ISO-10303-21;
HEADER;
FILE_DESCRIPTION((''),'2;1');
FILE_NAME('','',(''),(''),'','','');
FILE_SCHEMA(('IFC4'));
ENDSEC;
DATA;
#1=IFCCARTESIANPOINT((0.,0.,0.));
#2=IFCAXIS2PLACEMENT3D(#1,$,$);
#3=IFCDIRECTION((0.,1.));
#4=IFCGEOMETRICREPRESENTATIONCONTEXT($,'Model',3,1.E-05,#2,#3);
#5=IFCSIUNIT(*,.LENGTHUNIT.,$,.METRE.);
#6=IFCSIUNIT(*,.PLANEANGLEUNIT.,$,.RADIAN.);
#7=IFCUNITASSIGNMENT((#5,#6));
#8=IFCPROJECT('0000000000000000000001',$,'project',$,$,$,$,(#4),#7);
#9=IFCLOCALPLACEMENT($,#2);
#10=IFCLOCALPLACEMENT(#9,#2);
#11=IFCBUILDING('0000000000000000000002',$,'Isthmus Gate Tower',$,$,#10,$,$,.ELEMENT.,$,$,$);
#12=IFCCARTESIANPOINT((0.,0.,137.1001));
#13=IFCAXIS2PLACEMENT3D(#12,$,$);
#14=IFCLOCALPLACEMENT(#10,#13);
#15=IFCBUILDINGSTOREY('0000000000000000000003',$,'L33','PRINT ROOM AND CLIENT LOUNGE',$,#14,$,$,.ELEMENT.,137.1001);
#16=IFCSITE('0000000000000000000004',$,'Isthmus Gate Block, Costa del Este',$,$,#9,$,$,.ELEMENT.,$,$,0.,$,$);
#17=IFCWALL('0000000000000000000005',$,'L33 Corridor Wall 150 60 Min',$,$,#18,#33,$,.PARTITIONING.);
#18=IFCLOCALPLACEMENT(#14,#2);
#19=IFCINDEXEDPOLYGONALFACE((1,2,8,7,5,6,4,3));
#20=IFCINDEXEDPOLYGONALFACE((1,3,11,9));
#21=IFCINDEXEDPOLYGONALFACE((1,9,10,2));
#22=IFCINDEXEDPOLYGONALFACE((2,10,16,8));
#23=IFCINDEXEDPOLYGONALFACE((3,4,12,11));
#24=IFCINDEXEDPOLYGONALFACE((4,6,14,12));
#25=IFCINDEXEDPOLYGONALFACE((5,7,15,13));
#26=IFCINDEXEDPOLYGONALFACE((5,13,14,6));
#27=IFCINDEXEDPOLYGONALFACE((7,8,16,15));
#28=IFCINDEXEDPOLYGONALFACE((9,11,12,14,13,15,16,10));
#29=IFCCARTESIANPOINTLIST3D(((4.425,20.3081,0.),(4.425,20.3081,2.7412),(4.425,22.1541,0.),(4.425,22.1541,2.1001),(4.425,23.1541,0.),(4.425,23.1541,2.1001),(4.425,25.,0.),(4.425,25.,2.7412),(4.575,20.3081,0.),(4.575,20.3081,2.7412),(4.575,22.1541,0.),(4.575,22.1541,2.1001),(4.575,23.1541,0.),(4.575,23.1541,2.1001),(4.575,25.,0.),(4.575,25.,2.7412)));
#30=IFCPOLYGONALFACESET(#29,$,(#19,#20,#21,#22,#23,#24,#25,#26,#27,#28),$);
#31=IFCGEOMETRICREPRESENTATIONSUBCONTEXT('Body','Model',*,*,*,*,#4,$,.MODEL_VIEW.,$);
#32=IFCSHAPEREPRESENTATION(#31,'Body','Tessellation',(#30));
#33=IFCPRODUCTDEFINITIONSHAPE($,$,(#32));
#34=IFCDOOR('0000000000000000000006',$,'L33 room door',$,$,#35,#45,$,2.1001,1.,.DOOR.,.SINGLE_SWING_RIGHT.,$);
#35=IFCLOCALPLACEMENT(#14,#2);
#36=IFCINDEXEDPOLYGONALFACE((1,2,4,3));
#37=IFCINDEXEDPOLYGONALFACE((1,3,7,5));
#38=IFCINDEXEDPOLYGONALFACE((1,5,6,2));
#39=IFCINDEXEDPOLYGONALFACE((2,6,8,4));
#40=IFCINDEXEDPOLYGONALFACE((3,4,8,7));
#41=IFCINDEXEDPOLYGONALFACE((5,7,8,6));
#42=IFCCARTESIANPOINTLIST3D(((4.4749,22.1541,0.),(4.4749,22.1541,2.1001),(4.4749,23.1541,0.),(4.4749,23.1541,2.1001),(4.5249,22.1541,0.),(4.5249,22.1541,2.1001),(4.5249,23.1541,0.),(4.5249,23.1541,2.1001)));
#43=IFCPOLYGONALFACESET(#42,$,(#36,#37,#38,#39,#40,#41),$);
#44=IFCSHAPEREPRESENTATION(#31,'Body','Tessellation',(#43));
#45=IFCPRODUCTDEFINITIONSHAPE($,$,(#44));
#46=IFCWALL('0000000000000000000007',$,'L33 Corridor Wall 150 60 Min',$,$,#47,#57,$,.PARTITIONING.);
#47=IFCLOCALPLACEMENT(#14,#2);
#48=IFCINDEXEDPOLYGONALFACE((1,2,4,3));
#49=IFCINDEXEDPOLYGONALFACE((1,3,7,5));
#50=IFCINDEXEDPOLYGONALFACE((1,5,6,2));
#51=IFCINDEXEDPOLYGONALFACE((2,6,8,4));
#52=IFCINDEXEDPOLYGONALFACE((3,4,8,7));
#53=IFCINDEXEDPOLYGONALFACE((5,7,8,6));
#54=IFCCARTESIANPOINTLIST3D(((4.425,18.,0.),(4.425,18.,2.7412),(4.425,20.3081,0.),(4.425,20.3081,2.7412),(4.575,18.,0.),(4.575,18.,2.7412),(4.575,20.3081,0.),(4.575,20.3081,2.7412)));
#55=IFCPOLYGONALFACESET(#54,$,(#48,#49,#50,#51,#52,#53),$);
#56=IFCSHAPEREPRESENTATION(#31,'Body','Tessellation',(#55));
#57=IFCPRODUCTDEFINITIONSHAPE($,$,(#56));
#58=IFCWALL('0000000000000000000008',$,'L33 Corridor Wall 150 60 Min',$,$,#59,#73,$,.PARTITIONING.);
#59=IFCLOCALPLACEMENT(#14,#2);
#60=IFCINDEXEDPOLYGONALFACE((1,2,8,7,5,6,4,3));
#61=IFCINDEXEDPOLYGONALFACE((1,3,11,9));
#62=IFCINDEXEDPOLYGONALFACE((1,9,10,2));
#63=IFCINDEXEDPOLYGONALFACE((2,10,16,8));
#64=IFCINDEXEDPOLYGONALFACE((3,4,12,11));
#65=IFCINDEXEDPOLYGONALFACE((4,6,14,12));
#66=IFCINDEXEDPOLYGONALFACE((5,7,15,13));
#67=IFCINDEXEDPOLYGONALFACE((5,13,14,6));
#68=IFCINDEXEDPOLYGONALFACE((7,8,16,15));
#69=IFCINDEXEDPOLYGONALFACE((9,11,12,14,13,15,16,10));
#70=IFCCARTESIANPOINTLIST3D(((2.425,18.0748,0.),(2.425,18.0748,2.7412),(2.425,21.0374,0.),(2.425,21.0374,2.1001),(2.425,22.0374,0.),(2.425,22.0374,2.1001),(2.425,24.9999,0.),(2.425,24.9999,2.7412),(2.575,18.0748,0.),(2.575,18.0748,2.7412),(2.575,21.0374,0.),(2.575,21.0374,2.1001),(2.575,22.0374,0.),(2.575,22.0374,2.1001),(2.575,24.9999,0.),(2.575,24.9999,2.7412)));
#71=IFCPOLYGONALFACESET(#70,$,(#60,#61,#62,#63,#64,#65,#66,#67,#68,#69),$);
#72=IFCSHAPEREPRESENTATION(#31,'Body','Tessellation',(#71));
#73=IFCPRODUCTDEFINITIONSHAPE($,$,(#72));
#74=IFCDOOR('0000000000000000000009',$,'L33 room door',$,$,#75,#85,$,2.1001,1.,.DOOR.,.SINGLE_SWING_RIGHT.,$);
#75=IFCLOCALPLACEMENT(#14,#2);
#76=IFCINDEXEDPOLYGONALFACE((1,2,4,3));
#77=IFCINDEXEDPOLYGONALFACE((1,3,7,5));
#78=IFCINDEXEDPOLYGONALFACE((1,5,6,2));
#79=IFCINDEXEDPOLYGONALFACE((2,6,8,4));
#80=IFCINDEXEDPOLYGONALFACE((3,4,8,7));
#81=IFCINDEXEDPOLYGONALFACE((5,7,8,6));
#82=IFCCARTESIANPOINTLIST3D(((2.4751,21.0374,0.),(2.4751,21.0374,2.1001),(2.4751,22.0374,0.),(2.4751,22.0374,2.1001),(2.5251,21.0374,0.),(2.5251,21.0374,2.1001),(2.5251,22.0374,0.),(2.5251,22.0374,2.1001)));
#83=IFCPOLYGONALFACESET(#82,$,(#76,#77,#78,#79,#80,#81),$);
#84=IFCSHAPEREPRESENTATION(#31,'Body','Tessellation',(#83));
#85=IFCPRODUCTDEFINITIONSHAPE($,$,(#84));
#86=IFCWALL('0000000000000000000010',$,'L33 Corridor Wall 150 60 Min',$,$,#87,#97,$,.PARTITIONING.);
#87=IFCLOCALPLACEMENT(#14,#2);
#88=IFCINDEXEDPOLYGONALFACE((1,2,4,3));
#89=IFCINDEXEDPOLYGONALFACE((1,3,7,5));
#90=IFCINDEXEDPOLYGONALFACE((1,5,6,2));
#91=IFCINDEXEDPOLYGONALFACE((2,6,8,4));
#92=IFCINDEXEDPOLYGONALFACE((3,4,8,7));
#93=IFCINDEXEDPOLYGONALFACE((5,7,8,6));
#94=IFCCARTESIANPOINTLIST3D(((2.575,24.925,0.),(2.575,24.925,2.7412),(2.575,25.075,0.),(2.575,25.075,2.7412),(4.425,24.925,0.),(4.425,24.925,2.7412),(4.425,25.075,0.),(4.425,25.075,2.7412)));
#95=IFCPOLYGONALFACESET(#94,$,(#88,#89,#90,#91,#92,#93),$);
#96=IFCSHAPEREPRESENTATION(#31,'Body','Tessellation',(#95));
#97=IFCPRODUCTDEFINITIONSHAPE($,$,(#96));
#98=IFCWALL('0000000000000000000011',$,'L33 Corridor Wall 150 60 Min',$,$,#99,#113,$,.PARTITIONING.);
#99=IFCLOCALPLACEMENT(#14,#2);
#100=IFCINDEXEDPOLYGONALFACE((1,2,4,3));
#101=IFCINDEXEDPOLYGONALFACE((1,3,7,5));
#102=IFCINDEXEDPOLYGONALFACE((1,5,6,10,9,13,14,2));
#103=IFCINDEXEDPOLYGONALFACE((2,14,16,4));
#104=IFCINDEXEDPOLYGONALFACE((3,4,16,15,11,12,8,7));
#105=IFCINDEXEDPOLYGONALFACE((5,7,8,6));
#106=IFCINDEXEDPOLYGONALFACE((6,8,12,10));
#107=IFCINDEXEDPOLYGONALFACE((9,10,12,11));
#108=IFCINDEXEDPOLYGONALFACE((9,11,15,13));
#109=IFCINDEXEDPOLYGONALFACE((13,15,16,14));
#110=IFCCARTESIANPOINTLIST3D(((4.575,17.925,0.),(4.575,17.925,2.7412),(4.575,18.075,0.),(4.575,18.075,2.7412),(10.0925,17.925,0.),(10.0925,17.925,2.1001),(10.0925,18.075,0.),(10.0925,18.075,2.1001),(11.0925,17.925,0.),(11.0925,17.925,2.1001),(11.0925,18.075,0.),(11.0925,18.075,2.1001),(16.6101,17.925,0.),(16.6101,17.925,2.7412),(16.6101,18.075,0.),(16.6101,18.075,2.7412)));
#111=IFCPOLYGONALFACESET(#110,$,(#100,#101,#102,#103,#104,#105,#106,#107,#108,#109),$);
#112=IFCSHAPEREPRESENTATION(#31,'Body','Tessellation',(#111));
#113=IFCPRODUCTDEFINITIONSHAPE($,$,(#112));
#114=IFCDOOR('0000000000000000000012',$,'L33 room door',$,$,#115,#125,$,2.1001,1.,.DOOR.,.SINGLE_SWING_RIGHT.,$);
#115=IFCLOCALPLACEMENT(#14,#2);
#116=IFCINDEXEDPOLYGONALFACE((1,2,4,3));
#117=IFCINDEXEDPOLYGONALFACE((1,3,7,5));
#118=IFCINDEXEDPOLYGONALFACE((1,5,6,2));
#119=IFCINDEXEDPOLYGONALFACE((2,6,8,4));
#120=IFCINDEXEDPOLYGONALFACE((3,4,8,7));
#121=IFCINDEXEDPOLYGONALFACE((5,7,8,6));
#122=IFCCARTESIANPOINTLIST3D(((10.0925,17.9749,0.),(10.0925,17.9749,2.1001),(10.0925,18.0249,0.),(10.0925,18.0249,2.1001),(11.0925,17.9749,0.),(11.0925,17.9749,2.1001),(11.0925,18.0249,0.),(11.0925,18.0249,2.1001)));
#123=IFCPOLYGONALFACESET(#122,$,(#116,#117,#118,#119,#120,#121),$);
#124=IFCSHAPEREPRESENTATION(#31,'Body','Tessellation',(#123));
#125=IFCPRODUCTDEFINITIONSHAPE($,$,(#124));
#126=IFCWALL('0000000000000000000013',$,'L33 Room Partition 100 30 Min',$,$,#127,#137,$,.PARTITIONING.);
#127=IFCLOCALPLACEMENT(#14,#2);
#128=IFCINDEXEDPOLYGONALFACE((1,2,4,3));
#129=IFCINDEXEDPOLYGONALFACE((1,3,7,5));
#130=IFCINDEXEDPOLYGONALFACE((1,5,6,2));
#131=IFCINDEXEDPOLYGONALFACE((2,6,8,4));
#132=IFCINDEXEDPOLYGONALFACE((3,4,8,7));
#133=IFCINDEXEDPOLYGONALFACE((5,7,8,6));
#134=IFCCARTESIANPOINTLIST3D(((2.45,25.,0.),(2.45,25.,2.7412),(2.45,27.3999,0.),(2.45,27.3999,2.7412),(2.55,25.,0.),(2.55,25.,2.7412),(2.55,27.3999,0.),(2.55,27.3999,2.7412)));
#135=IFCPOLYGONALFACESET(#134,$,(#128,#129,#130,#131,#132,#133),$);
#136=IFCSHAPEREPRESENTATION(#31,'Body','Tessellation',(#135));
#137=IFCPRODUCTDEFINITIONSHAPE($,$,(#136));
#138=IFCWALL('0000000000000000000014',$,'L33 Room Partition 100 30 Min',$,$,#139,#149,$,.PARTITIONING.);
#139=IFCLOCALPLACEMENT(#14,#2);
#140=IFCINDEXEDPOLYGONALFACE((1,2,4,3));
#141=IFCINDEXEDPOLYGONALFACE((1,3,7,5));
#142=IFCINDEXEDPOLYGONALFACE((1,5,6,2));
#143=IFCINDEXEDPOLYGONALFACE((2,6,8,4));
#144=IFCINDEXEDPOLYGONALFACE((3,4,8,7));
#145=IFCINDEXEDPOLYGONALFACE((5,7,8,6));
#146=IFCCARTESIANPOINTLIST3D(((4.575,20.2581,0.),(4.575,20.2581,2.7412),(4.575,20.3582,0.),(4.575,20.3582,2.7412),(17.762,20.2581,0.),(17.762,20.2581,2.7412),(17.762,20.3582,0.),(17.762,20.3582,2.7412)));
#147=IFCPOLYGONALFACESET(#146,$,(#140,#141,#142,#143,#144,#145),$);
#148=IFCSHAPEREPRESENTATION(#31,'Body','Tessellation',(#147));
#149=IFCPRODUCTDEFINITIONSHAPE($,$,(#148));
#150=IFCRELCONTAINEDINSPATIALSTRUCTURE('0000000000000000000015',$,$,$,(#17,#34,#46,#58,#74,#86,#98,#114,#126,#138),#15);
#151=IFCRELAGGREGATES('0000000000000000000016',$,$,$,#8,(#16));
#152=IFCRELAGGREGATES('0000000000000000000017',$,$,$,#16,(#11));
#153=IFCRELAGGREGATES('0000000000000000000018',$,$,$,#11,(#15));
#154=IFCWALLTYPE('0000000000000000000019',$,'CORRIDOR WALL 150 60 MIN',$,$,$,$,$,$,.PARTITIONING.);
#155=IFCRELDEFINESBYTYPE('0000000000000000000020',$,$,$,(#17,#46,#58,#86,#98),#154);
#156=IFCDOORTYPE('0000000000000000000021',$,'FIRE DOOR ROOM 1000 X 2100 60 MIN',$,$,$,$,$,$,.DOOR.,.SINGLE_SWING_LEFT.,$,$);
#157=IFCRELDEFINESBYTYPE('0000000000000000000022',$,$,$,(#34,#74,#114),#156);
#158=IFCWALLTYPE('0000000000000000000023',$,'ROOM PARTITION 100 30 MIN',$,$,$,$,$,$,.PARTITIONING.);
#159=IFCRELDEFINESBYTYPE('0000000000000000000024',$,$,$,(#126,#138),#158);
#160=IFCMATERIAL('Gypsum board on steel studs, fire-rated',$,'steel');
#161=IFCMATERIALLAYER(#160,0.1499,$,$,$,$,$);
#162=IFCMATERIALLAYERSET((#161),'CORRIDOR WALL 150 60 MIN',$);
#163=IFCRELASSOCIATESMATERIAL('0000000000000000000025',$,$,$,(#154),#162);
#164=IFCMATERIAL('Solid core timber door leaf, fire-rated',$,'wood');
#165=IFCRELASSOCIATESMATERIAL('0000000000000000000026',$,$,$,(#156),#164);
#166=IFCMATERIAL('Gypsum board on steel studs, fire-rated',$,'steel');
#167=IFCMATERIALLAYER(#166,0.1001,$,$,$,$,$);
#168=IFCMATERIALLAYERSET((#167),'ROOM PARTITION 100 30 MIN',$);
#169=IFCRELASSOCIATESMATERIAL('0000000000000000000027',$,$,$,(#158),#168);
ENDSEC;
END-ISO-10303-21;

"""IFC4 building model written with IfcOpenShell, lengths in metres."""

from ifc_helpers import new_model, si_unit, direction, frame, frame_2d, origin, place, context, subcontext, project, spatial, rectangle, extrude, material, layer, layer_set, type_object, element, fill, save


model = new_model("IFC4")

# Units and contexts
model_context = context("Model", 3, precision=1e-05, world=origin(), true_north=direction((0.0, 1.0)))
body_context = subcontext(model_context, "Body", "Model", "MODEL_VIEW")
ifc_project = project(units=[si_unit("LENGTHUNIT", "METRE"), si_unit("PLANEANGLEUNIT", "RADIAN")], contexts=[model_context])

# Site, building, storey
site_placement = place(None, origin())
site = spatial("IfcSite", under=ifc_project, at=site_placement, Name="Isthmus Gate Block, Costa del Este", CompositionType="ELEMENT", RefElevation=0.0)
building_placement = place(site_placement, origin())
building = spatial("IfcBuilding", under=site, at=building_placement, Name="Isthmus Gate Tower", CompositionType="ELEMENT")
storey_placement = place(building_placement, frame((0.0, 0.0, 137.1001)))
storey = spatial("IfcBuildingStorey", under=building, at=storey_placement, Name="L33", Description="PRINT ROOM AND CLIENT LOUNGE", CompositionType="ELEMENT", Elevation=137.1001)

# Wall, opening, door
ifc_material_1 = material(Name="Gypsum board on steel studs, fire-rated", Category="steel")
ifc_layer_1 = layer(ifc_material_1, 0.1499)
ifc_layer_set_1 = layer_set([ifc_layer_1], Name="CORRIDOR WALL 150 60 MIN")
wall_type_1 = type_object("IfcWallType", Name="CORRIDOR WALL 150 60 MIN", PredefinedType="PARTITIONING", material=ifc_layer_set_1)
wall_1_placement = place(storey_placement, frame((4.5, 25.0, 0.0), z_axis=(0.0, 0.0, 1.0), x_axis=(0.0, -1.0, 0.0)))
wall_1 = element("IfcWall", 1, at=wall_1_placement, inside=storey, type_object=wall_type_1, Name="L33 Corridor Wall 150 60 Min", PredefinedType="PARTITIONING", context=body_context, shape_type="SweptSolid", body=[
    extrude(rectangle(XDim=4.6919, YDim=0.1499, at=frame_2d((2.3459, 0.0))), origin(), (0.0, 0.0, 1.0), 2.7412),
])
opening_1_placement = place(wall_1_placement, frame((1.8459, 0.0, 0.0)))
opening_1 = element("IfcOpeningElement", 2, at=opening_1_placement, cuts=wall_1, PredefinedType="OPENING", context=body_context, shape_type="SweptSolid", body=[
    extrude(rectangle(XDim=1.0, YDim=2.1001, at=frame_2d((0.5, 1.05))), frame((0.0, 0.085, 0.0), z_axis=(0.0, -1.0, 0.0), x_axis=(1.0, 0.0, 0.0)), (0.0, 0.0, 1.0), 0.1699),
])
ifc_material_2 = material(Name="Solid core timber door leaf, fire-rated", Category="wood")
door_type = type_object("IfcDoorType", Name="FIRE DOOR ROOM 1000 X 2100 60 MIN", OperationType="SINGLE_SWING_LEFT", PredefinedType="DOOR", material=ifc_material_2)
door_1_placement = place(opening_1_placement, origin())
door_1 = element("IfcDoor", 3, at=door_1_placement, inside=storey, type_object=door_type, Name="L33 room door", OperationType="SINGLE_SWING_RIGHT", OverallHeight=2.1001, OverallWidth=1.0, PredefinedType="DOOR", context=body_context, shape_type="SweptSolid", body=[
    extrude(rectangle(XDim=1.0, YDim=2.1001, at=frame_2d((0.5, 1.05))), frame((0.0, 0.0249, 0.0), z_axis=(0.0, -1.0, 0.0), x_axis=(1.0, 0.0, 0.0)), (0.0, 0.0, 1.0), 0.05),
])
fill(opening_1, door_1)

# Wall
wall_2_placement = place(storey_placement, frame((4.5, 20.3081, 0.0), z_axis=(0.0, 0.0, 1.0), x_axis=(0.0, -1.0, 0.0)))
element("IfcWall", 4, at=wall_2_placement, inside=storey, type_object=wall_type_1, Name="L33 Corridor Wall 150 60 Min", PredefinedType="PARTITIONING", context=body_context, shape_type="SweptSolid", body=[
    extrude(rectangle(XDim=2.3081, YDim=0.1499, at=frame_2d((1.1541, 0.0))), origin(), (0.0, 0.0, 1.0), 2.7412),
])

# Wall, opening, door
wall_3_placement = place(storey_placement, frame((2.5, 18.075, 0.0), z_axis=(0.0, 0.0, 1.0), x_axis=(0.0, 1.0, 0.0)))
wall_3 = element("IfcWall", 5, at=wall_3_placement, inside=storey, type_object=wall_type_1, Name="L33 Corridor Wall 150 60 Min", PredefinedType="PARTITIONING", context=body_context, shape_type="SweptSolid", body=[
    extrude(rectangle(XDim=6.925, YDim=0.1499, at=frame_2d((3.4624, 0.0))), origin(), (0.0, 0.0, 1.0), 2.7412),
])
opening_2_placement = place(wall_3_placement, frame((2.9624, 0.0, 0.0)))
opening_2 = element("IfcOpeningElement", 6, at=opening_2_placement, cuts=wall_3, PredefinedType="OPENING", context=body_context, shape_type="SweptSolid", body=[
    extrude(rectangle(XDim=1.0, YDim=2.1001, at=frame_2d((0.5, 1.05))), frame((0.0, 0.085, 0.0), z_axis=(0.0, -1.0, 0.0), x_axis=(1.0, 0.0, 0.0)), (0.0, 0.0, 1.0), 0.1699),
])
door_2_placement = place(opening_2_placement, origin())
door_2 = element("IfcDoor", 7, at=door_2_placement, inside=storey, type_object=door_type, Name="L33 room door", OperationType="SINGLE_SWING_RIGHT", OverallHeight=2.1001, OverallWidth=1.0, PredefinedType="DOOR", context=body_context, shape_type="SweptSolid", body=[
    extrude(rectangle(XDim=1.0, YDim=2.1001, at=frame_2d((0.5, 1.05))), frame((0.0, 0.0249, 0.0), z_axis=(0.0, -1.0, 0.0), x_axis=(1.0, 0.0, 0.0)), (0.0, 0.0, 1.0), 0.05),
])
fill(opening_2, door_2)

# Wall
wall_4_placement = place(storey_placement, frame((2.575, 25.0, 0.0), z_axis=(0.0, 0.0, 1.0), x_axis=(1.0, 0.0, 0.0)))
element("IfcWall", 8, at=wall_4_placement, inside=storey, type_object=wall_type_1, Name="L33 Corridor Wall 150 60 Min", PredefinedType="PARTITIONING", context=body_context, shape_type="SweptSolid", body=[
    extrude(rectangle(XDim=1.8501, YDim=0.1499, at=frame_2d((0.925, 0.0))), origin(), (0.0, 0.0, 1.0), 2.7412),
])

# Wall, opening, door
wall_5_placement = place(storey_placement, frame((4.575, 18.0, 0.0), z_axis=(0.0, 0.0, 1.0), x_axis=(1.0, 0.0, 0.0)))
wall_5 = element("IfcWall", 9, at=wall_5_placement, inside=storey, type_object=wall_type_1, Name="L33 Corridor Wall 150 60 Min", PredefinedType="PARTITIONING", context=body_context, shape_type="SweptSolid", body=[
    extrude(rectangle(XDim=12.0352, YDim=0.1499, at=frame_2d((6.0176, 0.0))), origin(), (0.0, 0.0, 1.0), 2.7412),
])
opening_3_placement = place(wall_5_placement, frame((5.5176, 0.0, 0.0)))
opening_3 = element("IfcOpeningElement", 10, at=opening_3_placement, cuts=wall_5, PredefinedType="OPENING", context=body_context, shape_type="SweptSolid", body=[
    extrude(rectangle(XDim=1.0, YDim=2.1001, at=frame_2d((0.5, 1.05))), frame((0.0, 0.085, 0.0), z_axis=(0.0, -1.0, 0.0), x_axis=(1.0, 0.0, 0.0)), (0.0, 0.0, 1.0), 0.1699),
])
door_3_placement = place(opening_3_placement, origin())
door_3 = element("IfcDoor", 11, at=door_3_placement, inside=storey, type_object=door_type, Name="L33 room door", OperationType="SINGLE_SWING_RIGHT", OverallHeight=2.1001, OverallWidth=1.0, PredefinedType="DOOR", context=body_context, shape_type="SweptSolid", body=[
    extrude(rectangle(XDim=1.0, YDim=2.1001, at=frame_2d((0.5, 1.05))), frame((0.0, 0.0249, 0.0), z_axis=(0.0, -1.0, 0.0), x_axis=(1.0, 0.0, 0.0)), (0.0, 0.0, 1.0), 0.05),
])
fill(opening_3, door_3)

# Walls
ifc_material_3 = material(Name="Gypsum board on steel studs, fire-rated", Category="steel")
ifc_layer_2 = layer(ifc_material_3, 0.1001)
ifc_layer_set_2 = layer_set([ifc_layer_2], Name="ROOM PARTITION 100 30 MIN")
wall_type_2 = type_object("IfcWallType", Name="ROOM PARTITION 100 30 MIN", PredefinedType="PARTITIONING", material=ifc_layer_set_2)
wall_6_placement = place(storey_placement, frame((2.5, 25.0, 0.0), z_axis=(0.0, 0.0, 1.0), x_axis=(0.0, 1.0, 0.0)))
element("IfcWall", 12, at=wall_6_placement, inside=storey, type_object=wall_type_2, Name="L33 Room Partition 100 30 Min", PredefinedType="PARTITIONING", context=body_context, shape_type="SweptSolid", body=[
    extrude(rectangle(XDim=2.3999, YDim=0.1001, at=frame_2d((1.2, 0.0))), origin(), (0.0, 0.0, 1.0), 2.7412),
])
wall_7_placement = place(storey_placement, frame((4.575, 20.3081, 0.0), z_axis=(0.0, 0.0, 1.0), x_axis=(1.0, 0.0, 0.0)))
element("IfcWall", 13, at=wall_7_placement, inside=storey, type_object=wall_type_2, Name="L33 Room Partition 100 30 Min", PredefinedType="PARTITIONING", context=body_context, shape_type="SweptSolid", body=[
    extrude(rectangle(XDim=13.187, YDim=0.1001, at=frame_2d((6.5935, 0.0))), origin(), (0.0, 0.0, 1.0), 2.7412),
])

save(model, "model.ifc")
